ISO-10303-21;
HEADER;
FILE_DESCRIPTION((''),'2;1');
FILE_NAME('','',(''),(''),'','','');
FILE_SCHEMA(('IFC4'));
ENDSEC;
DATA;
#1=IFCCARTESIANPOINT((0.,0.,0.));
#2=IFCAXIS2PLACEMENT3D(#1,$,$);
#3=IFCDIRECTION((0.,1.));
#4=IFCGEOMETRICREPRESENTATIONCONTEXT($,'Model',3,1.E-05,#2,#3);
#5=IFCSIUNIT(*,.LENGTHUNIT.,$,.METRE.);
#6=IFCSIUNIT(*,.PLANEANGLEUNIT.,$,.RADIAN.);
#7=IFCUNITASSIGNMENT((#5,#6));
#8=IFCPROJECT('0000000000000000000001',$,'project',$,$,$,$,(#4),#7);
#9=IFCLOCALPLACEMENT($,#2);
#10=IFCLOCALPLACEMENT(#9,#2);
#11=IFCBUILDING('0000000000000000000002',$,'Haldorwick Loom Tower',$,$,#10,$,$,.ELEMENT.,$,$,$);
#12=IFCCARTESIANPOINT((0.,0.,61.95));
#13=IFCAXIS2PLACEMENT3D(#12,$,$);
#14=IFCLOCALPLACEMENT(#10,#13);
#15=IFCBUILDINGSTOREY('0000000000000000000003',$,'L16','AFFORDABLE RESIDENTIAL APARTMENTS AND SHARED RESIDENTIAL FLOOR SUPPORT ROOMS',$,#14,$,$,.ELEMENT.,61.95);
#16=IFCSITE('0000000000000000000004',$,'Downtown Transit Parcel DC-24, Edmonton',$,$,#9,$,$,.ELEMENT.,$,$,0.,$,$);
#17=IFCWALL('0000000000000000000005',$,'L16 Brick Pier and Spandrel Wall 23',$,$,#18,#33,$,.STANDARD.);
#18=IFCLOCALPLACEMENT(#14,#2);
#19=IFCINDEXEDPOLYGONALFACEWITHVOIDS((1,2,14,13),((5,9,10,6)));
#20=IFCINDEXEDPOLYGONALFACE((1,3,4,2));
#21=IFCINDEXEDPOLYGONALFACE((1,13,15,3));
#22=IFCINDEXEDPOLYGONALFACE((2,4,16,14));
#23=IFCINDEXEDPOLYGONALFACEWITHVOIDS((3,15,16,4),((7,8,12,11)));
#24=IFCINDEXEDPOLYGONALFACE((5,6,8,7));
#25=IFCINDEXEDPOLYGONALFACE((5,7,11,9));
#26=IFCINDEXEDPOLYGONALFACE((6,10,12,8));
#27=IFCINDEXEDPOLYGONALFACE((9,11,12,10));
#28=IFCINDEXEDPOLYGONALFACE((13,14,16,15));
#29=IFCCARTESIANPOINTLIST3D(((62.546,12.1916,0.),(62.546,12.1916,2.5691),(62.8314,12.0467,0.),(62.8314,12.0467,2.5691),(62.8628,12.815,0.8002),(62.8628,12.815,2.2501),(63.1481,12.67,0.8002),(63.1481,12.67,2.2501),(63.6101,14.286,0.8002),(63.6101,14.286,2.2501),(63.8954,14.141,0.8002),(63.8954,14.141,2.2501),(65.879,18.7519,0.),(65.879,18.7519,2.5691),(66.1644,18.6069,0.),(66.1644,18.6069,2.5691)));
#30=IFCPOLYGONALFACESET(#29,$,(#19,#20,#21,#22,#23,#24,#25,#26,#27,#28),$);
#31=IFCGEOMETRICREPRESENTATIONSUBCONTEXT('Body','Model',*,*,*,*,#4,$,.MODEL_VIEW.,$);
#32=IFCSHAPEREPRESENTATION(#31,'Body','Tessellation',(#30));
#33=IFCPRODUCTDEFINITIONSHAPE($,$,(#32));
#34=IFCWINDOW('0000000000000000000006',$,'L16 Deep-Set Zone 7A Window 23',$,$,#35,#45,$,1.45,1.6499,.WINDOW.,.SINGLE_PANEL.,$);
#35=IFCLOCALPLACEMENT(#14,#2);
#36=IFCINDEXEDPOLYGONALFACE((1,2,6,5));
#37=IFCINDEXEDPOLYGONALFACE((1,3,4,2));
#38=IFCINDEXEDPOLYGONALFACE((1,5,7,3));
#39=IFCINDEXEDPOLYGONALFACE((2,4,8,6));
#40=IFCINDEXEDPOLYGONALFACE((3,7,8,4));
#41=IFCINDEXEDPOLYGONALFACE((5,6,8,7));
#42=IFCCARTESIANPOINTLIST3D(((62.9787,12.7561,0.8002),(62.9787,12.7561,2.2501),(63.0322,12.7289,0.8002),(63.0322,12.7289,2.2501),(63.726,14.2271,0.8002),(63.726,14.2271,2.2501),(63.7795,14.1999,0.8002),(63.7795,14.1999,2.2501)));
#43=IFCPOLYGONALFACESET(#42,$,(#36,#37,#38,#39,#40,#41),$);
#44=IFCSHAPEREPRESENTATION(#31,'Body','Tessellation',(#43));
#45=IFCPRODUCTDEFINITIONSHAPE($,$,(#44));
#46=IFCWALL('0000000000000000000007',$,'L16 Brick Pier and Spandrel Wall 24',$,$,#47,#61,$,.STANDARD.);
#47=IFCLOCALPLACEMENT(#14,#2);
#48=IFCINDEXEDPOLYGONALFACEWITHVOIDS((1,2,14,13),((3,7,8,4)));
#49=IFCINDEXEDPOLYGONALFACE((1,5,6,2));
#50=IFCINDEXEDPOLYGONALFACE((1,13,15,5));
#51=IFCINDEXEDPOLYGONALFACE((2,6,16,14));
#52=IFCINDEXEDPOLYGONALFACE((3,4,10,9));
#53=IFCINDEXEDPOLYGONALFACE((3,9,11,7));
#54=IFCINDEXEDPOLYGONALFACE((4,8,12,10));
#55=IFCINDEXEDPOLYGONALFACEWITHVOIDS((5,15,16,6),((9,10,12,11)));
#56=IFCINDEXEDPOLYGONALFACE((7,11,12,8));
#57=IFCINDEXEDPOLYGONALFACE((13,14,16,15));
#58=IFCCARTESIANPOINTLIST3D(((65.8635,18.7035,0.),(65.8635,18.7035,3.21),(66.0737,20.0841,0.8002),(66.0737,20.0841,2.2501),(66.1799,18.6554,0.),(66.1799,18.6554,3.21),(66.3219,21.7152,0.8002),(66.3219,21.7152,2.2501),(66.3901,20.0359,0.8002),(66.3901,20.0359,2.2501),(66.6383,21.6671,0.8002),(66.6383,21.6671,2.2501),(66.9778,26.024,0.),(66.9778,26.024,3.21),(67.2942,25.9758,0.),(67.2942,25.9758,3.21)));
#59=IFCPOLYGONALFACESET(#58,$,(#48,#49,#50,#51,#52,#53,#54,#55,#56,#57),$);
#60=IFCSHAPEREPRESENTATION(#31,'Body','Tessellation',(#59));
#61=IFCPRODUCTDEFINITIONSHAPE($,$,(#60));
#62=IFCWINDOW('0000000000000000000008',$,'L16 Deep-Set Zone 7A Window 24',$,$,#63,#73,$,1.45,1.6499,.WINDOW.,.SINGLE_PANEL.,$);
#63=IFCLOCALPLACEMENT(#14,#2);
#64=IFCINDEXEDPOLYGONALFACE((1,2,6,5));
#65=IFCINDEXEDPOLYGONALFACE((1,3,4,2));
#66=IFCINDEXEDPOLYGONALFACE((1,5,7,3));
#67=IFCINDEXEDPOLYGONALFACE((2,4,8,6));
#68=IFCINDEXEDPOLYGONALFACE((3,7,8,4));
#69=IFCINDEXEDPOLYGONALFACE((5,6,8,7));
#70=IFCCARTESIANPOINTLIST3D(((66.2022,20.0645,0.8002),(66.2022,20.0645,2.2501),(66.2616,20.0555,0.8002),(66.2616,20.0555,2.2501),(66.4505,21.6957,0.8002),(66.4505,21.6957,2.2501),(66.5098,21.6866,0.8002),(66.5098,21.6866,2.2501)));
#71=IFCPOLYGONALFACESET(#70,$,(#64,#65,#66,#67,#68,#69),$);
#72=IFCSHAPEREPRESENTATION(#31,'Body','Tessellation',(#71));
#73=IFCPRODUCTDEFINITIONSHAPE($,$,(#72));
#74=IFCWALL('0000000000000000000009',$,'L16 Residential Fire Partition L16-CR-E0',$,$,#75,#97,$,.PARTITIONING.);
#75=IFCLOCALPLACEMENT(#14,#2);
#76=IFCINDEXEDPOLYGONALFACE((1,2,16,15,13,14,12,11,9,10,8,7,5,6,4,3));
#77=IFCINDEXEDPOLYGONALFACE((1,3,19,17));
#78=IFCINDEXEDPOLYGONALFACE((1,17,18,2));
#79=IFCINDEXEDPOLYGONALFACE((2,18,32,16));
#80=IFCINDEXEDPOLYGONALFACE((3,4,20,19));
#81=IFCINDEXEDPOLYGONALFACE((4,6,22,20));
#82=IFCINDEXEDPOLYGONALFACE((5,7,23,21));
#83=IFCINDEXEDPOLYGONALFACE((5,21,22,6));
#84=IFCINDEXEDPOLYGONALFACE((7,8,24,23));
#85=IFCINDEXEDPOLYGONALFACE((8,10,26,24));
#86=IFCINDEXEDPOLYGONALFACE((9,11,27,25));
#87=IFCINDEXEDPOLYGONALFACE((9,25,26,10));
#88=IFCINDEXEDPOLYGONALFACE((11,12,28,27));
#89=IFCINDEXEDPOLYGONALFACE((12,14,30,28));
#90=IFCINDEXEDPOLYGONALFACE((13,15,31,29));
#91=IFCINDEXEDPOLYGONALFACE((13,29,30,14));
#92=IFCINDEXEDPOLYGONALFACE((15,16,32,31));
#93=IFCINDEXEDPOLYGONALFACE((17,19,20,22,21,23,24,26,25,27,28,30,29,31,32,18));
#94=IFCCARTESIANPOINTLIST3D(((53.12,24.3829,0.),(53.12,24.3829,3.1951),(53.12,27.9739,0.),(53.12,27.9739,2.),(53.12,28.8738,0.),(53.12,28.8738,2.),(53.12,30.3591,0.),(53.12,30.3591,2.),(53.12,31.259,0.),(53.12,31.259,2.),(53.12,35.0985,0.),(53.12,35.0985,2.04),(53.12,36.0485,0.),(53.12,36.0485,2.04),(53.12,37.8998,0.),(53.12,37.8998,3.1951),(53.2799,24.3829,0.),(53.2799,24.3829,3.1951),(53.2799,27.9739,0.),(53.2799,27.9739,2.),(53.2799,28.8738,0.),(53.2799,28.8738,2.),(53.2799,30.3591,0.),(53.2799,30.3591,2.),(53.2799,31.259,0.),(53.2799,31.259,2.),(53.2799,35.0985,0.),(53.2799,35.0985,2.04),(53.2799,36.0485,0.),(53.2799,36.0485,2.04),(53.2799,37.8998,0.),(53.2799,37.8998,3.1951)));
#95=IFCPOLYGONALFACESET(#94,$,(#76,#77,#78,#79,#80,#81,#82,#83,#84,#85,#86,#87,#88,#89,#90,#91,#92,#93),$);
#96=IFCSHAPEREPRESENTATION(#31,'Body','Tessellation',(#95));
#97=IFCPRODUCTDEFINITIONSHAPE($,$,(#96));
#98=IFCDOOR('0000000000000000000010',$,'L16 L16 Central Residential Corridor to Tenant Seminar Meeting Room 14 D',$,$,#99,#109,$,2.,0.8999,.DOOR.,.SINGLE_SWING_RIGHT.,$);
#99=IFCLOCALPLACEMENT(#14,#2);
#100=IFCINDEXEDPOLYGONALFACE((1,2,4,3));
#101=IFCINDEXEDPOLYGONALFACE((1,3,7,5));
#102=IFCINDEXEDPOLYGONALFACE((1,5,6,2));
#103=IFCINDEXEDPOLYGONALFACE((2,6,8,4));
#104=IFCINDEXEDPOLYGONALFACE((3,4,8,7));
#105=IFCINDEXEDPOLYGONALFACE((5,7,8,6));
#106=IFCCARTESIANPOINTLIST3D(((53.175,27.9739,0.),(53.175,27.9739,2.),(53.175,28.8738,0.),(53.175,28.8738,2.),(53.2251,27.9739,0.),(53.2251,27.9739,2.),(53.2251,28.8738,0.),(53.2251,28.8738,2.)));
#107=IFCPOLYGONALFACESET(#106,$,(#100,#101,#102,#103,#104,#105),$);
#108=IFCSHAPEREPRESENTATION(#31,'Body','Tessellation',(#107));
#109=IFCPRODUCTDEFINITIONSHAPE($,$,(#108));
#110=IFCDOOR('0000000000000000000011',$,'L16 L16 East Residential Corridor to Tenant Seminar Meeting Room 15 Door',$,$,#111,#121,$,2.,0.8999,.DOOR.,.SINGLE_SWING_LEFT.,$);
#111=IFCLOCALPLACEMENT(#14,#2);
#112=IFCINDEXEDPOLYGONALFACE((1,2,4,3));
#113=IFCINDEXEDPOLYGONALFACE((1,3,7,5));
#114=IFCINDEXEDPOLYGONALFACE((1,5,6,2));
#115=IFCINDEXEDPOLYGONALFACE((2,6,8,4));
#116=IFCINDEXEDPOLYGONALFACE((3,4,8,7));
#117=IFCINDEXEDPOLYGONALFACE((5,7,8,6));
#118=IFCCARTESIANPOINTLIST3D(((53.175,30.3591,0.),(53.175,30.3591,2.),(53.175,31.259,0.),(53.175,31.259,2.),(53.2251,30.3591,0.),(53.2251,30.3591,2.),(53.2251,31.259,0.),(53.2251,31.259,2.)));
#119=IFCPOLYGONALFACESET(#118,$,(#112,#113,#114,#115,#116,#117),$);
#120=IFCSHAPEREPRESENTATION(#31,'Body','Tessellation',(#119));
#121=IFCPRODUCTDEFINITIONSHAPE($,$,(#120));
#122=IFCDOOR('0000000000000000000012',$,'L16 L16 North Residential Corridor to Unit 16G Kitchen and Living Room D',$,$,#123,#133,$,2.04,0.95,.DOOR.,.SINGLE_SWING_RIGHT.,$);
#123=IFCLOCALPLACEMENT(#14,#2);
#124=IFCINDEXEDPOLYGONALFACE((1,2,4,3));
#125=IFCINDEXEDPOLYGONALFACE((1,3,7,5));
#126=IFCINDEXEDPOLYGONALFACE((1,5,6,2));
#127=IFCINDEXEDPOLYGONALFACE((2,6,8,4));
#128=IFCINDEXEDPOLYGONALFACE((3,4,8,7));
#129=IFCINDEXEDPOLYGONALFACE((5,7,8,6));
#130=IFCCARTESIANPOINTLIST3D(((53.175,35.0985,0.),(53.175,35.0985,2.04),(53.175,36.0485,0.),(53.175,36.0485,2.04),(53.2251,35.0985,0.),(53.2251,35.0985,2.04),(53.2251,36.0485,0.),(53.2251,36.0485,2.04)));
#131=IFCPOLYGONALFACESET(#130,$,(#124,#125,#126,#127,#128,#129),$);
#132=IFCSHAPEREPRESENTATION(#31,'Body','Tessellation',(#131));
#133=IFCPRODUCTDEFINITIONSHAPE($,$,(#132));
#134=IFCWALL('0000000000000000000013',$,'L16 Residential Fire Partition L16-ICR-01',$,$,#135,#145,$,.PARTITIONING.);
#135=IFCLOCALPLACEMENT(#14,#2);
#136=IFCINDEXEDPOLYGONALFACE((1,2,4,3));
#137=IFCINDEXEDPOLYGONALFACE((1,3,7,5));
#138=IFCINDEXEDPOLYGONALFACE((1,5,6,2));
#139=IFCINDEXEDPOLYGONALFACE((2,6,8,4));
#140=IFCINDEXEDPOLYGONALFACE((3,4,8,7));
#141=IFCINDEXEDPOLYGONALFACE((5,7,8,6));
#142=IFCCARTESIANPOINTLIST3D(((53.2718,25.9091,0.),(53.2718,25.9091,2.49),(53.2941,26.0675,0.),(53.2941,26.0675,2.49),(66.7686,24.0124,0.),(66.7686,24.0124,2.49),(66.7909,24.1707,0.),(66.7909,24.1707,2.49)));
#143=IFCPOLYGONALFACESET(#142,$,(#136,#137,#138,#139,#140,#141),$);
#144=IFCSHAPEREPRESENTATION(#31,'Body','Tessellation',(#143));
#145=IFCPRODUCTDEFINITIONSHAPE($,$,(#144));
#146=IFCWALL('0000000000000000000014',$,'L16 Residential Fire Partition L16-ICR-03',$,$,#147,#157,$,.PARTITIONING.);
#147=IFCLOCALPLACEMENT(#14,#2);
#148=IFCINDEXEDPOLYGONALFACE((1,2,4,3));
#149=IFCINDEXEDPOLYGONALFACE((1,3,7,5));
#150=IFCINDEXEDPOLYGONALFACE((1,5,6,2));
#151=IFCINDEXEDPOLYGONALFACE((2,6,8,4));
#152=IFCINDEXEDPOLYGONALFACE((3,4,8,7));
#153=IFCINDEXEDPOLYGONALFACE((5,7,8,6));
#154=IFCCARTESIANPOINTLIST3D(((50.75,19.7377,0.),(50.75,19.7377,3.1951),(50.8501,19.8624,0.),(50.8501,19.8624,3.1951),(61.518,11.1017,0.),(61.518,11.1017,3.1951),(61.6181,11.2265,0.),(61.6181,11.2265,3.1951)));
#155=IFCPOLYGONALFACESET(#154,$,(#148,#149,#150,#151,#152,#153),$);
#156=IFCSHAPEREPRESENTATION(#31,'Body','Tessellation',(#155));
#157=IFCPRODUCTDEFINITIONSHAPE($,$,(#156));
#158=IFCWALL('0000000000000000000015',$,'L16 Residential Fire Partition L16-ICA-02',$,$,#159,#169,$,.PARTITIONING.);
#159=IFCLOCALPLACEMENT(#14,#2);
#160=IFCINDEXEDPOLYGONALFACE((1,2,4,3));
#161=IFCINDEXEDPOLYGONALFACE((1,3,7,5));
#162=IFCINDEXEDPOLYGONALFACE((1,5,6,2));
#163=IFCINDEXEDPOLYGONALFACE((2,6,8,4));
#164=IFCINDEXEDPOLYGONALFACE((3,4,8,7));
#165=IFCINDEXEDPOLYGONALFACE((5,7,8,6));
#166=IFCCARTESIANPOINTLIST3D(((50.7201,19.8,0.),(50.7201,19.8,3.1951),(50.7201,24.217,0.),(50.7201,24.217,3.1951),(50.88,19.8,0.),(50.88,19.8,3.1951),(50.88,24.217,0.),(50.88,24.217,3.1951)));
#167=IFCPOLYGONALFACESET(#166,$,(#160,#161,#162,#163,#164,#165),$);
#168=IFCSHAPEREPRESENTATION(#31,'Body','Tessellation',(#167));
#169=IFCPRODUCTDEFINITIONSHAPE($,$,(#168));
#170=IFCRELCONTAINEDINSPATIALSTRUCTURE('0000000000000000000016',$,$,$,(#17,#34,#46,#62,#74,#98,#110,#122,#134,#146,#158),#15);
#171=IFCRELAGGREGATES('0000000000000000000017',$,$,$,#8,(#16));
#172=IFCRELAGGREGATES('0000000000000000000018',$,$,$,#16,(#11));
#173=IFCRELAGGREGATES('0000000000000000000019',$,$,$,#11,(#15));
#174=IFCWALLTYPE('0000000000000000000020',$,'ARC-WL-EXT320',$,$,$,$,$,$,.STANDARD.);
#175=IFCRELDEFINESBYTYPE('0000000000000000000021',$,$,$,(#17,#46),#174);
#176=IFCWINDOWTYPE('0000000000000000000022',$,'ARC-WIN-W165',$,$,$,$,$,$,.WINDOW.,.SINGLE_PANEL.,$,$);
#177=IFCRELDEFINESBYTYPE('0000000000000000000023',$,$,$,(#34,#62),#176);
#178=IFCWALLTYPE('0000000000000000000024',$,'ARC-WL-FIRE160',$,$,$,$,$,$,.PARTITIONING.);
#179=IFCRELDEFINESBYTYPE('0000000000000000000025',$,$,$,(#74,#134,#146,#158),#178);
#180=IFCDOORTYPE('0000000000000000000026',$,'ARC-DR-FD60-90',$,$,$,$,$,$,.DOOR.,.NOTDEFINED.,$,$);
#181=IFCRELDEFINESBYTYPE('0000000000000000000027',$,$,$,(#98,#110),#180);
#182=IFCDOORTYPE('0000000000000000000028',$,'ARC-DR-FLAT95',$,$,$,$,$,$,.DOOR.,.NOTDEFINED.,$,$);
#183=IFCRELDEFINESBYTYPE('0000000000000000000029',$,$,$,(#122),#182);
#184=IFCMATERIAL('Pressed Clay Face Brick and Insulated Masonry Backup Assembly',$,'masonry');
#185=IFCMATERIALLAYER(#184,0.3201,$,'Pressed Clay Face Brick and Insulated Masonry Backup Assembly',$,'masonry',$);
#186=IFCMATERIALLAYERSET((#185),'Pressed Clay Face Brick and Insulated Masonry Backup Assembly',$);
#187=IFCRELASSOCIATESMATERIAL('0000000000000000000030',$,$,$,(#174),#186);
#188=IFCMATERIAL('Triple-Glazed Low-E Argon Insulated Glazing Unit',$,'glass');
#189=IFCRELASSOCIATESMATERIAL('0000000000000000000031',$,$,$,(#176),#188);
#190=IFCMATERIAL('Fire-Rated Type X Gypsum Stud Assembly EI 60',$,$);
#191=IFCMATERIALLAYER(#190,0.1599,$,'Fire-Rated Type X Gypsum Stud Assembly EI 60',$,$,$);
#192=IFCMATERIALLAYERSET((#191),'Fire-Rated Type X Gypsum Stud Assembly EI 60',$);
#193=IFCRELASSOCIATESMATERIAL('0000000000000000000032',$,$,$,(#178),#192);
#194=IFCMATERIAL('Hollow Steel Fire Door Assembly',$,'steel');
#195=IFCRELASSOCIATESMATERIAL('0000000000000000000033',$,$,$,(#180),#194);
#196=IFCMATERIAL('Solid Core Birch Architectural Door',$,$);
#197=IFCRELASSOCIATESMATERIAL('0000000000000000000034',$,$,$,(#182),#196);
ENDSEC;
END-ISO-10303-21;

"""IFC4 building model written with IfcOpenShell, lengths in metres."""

from ifc_helpers import new_model, si_unit, direction, frame, frame_2d, origin, place, context, subcontext, project, spatial, rectangle, extrude, material, layer, layer_set, type_object, element, fill, save


model = new_model("IFC4")

# Units and contexts
model_context = context("Model", 3, precision=1e-05, world=origin(), true_north=direction((0.0, 1.0)))
body_context = subcontext(model_context, "Body", "Model", "MODEL_VIEW")
ifc_project = project(units=[si_unit("LENGTHUNIT", "METRE"), si_unit("PLANEANGLEUNIT", "RADIAN")], contexts=[model_context])

# Site, building, storey
site_placement = place(None, origin())
site = spatial("IfcSite", under=ifc_project, at=site_placement, Name="Downtown Transit Parcel DC-24, Edmonton", CompositionType="ELEMENT", RefElevation=0.0)
building_placement = place(site_placement, origin())
building = spatial("IfcBuilding", under=site, at=building_placement, Name="Haldorwick Loom Tower", CompositionType="ELEMENT")
storey_placement = place(building_placement, frame((0.0, 0.0, 61.95)))
storey = spatial("IfcBuildingStorey", under=building, at=storey_placement, Name="L16", Description="AFFORDABLE RESIDENTIAL APARTMENTS AND SHARED RESIDENTIAL FLOOR SUPPORT ROOMS", CompositionType="ELEMENT", Elevation=61.95)

# Shared definitions
ifc_material_1 = material(Name="Pressed Clay Face Brick and Insulated Masonry Backup Assembly", Category="masonry")
ifc_layer_1 = layer(ifc_material_1, 0.3201, Name="Pressed Clay Face Brick and Insulated Masonry Backup Assembly", Category="masonry")
ifc_layer_set_1 = layer_set([ifc_layer_1], Name="Pressed Clay Face Brick and Insulated Masonry Backup Assembly")
wall_type_1 = type_object("IfcWallType", Name="ARC-WL-EXT320", PredefinedType="STANDARD", material=ifc_layer_set_1)
ifc_material_2 = material(Name="Triple-Glazed Low-E Argon Insulated Glazing Unit", Category="glass")
window_type = type_object("IfcWindowType", Name="ARC-WIN-W165", PartitioningType="SINGLE_PANEL", PredefinedType="WINDOW", material=ifc_material_2)

# Walls, openings, windows
wall_1_placement = place(storey_placement, frame((62.6887, 12.1191, 0.0), z_axis=(0.0, 0.0, 1.0), x_axis=(0.452951, 0.891535, 0.0)))
wall_1 = element("IfcWall", 1, at=wall_1_placement, inside=storey, type_object=wall_type_1, Name="L16 Brick Pier and Spandrel Wall 23", PredefinedType="STANDARD", context=body_context, shape_type="SweptSolid", body=[
    extrude(rectangle(XDim=7.3584, YDim=0.3201, at=frame_2d((3.6792, 0.0))), origin(), (0.0, 0.0, 1.0), 2.5691),
])
opening_1_placement = place(wall_1_placement, frame((0.6992, 0.0, 0.8)))
opening_1 = element("IfcOpeningElement", 2, at=opening_1_placement, cuts=wall_1, PredefinedType="OPENING", context=body_context, shape_type="SweptSolid", body=[
    extrude(rectangle(XDim=1.6499, YDim=1.45, at=frame_2d((0.825, 0.7251))), frame((0.0, 0.1699, 0.0), z_axis=(0.0, -1.0, 0.0), x_axis=(1.0, 0.0, 0.0)), (0.0, 0.0, 1.0), 0.3401),
])
window_1_placement = place(opening_1_placement, origin())
window_1 = element("IfcWindow", 3, at=window_1_placement, inside=storey, type_object=window_type, Name="L16 Deep-Set Zone 7A Window 23", OverallHeight=1.45, OverallWidth=1.6499, PartitioningType="SINGLE_PANEL", PredefinedType="WINDOW", context=body_context, shape_type="SweptSolid", body=[
    extrude(rectangle(XDim=1.6499, YDim=1.45, at=frame_2d((0.825, 0.7251))), frame((0.0, 0.03, 0.0), z_axis=(0.0, -1.0, 0.0), x_axis=(1.0, 0.0, 0.0)), (0.0, 0.0, 1.0), 0.0601),
])
fill(opening_1, window_1)
wall_2_placement = place(storey_placement, frame((66.0217, 18.6794, 0.0), z_axis=(0.0, 0.0, 1.0), x_axis=(0.150476, 0.988614, 0.0)))
wall_2 = element("IfcWall", 4, at=wall_2_placement, inside=storey, type_object=wall_type_1, Name="L16 Brick Pier and Spandrel Wall 24", PredefinedType="STANDARD", context=body_context, shape_type="SweptSolid", body=[
    extrude(rectangle(XDim=7.4048, YDim=0.3201, at=frame_2d((3.7024, 0.0))), origin(), (0.0, 0.0, 1.0), 3.21),
])
opening_2_placement = place(wall_2_placement, frame((1.3965, 0.0, 0.8)))
opening_2 = element("IfcOpeningElement", 5, at=opening_2_placement, cuts=wall_2, PredefinedType="OPENING", context=body_context, shape_type="SweptSolid", body=[
    extrude(rectangle(XDim=1.6499, YDim=1.45, at=frame_2d((0.825, 0.7251))), frame((0.0, 0.1699, 0.0), z_axis=(0.0, -1.0, 0.0), x_axis=(1.0, 0.0, 0.0)), (0.0, 0.0, 1.0), 0.3401),
])
window_2_placement = place(opening_2_placement, origin())
window_2 = element("IfcWindow", 6, at=window_2_placement, inside=storey, type_object=window_type, Name="L16 Deep-Set Zone 7A Window 24", OverallHeight=1.45, OverallWidth=1.6499, PartitioningType="SINGLE_PANEL", PredefinedType="WINDOW", context=body_context, shape_type="SweptSolid", body=[
    extrude(rectangle(XDim=1.6499, YDim=1.45, at=frame_2d((0.825, 0.7251))), frame((0.0, 0.03, 0.0), z_axis=(0.0, -1.0, 0.0), x_axis=(1.0, 0.0, 0.0)), (0.0, 0.0, 1.0), 0.0601),
])
fill(opening_2, window_2)

# Wall, openings, doors
ifc_material_3 = material(Name="Fire-Rated Type X Gypsum Stud Assembly EI 60")
ifc_layer_2 = layer(ifc_material_3, 0.1599, Name="Fire-Rated Type X Gypsum Stud Assembly EI 60")
ifc_layer_set_2 = layer_set([ifc_layer_2], Name="Fire-Rated Type X Gypsum Stud Assembly EI 60")
wall_type_2 = type_object("IfcWallType", Name="ARC-WL-FIRE160", PredefinedType="PARTITIONING", material=ifc_layer_set_2)
wall_3_placement = place(storey_placement, frame((53.2, 24.3831, 0.0), z_axis=(0.0, 0.0, 1.0), x_axis=(0.0, 1.0, 0.0)))
wall_3 = element("IfcWall", 7, at=wall_3_placement, inside=storey, type_object=wall_type_2, Name="L16 Residential Fire Partition L16-CR-E0", PredefinedType="PARTITIONING", context=body_context, shape_type="SweptSolid", body=[
    extrude(rectangle(XDim=13.5168, YDim=0.1599, at=frame_2d((6.7583, 0.0))), origin(), (0.0, 0.0, 1.0), 3.1951),
])
opening_3_placement = place(wall_3_placement, frame((10.7153, 0.0, 0.0)))
opening_3 = element("IfcOpeningElement", 8, at=opening_3_placement, cuts=wall_3, PredefinedType="OPENING", context=body_context, shape_type="SweptSolid", body=[
    extrude(rectangle(XDim=0.95, YDim=2.04, at=frame_2d((0.4751, 1.02))), frame((0.0, 0.0898, 0.0), z_axis=(0.0, -1.0, 0.0), x_axis=(1.0, 0.0, 0.0)), (0.0, 0.0, 1.0), 0.1799),
])
opening_4_placement = place(wall_3_placement, frame((3.5908, 0.0, 0.0)))
opening_4 = element("IfcOpeningElement", 9, at=opening_4_placement, cuts=wall_3, PredefinedType="OPENING", context=body_context, shape_type="SweptSolid", body=[
    extrude(rectangle(XDim=0.8999, YDim=2.0, at=frame_2d((0.45, 1.0))), frame((0.0, 0.0898, 0.0), z_axis=(0.0, -1.0, 0.0), x_axis=(1.0, 0.0, 0.0)), (0.0, 0.0, 1.0), 0.1799),
])
opening_5_placement = place(wall_3_placement, frame((5.9761, 0.0, 0.0)))
opening_5 = element("IfcOpeningElement", 10, at=opening_5_placement, cuts=wall_3, PredefinedType="OPENING", context=body_context, shape_type="SweptSolid", body=[
    extrude(rectangle(XDim=0.8999, YDim=2.0, at=frame_2d((0.45, 1.0))), frame((0.0, 0.0898, 0.0), z_axis=(0.0, -1.0, 0.0), x_axis=(1.0, 0.0, 0.0)), (0.0, 0.0, 1.0), 0.1799),
])
ifc_material_4 = material(Name="Hollow Steel Fire Door Assembly", Category="steel")
door_type_1 = type_object("IfcDoorType", Name="ARC-DR-FD60-90", OperationType="NOTDEFINED", PredefinedType="DOOR", material=ifc_material_4)
door_1_placement = place(opening_4_placement, origin())
door_1 = element("IfcDoor", 11, at=door_1_placement, inside=storey, type_object=door_type_1, Name="L16 L16 Central Residential Corridor to Tenant Seminar Meeting Room 14 D", OperationType="SINGLE_SWING_RIGHT", OverallHeight=2.0, OverallWidth=0.8999, PredefinedType="DOOR", context=body_context, shape_type="SweptSolid", body=[
    extrude(rectangle(XDim=0.8999, YDim=2.0, at=frame_2d((0.45, 1.0))), frame((0.0, 0.0249, 0.0), z_axis=(0.0, -1.0, 0.0), x_axis=(1.0, 0.0, 0.0)), (0.0, 0.0, 1.0), 0.05),
])
fill(opening_4, door_1)
door_2_placement = place(opening_5_placement, origin())
door_2 = element("IfcDoor", 12, at=door_2_placement, inside=storey, type_object=door_type_1, Name="L16 L16 East Residential Corridor to Tenant Seminar Meeting Room 15 Door", OperationType="SINGLE_SWING_LEFT", OverallHeight=2.0, OverallWidth=0.8999, PredefinedType="DOOR", context=body_context, shape_type="SweptSolid", body=[
    extrude(rectangle(XDim=0.8999, YDim=2.0, at=frame_2d((0.45, 1.0))), frame((0.0, 0.0249, 0.0), z_axis=(0.0, -1.0, 0.0), x_axis=(1.0, 0.0, 0.0)), (0.0, 0.0, 1.0), 0.05),
])
fill(opening_5, door_2)
ifc_material_5 = material(Name="Solid Core Birch Architectural Door")
door_type_2 = type_object("IfcDoorType", Name="ARC-DR-FLAT95", OperationType="NOTDEFINED", PredefinedType="DOOR", material=ifc_material_5)
door_3_placement = place(opening_3_placement, origin())
door_3 = element("IfcDoor", 13, at=door_3_placement, inside=storey, type_object=door_type_2, Name="L16 L16 North Residential Corridor to Unit 16G Kitchen and Living Room D", OperationType="SINGLE_SWING_RIGHT", OverallHeight=2.04, OverallWidth=0.95, PredefinedType="DOOR", context=body_context, shape_type="SweptSolid", body=[
    extrude(rectangle(XDim=0.95, YDim=2.04, at=frame_2d((0.4751, 1.02))), frame((0.0, 0.0249, 0.0), z_axis=(0.0, -1.0, 0.0), x_axis=(1.0, 0.0, 0.0)), (0.0, 0.0, 1.0), 0.05),
])
fill(opening_3, door_3)

# Walls
wall_4_placement = place(storey_placement, frame((53.283, 25.9883, 0.0), z_axis=(0.0, 0.0, 1.0), x_axis=(0.990269, -0.139164, 0.0)))
element("IfcWall", 14, at=wall_4_placement, inside=storey, type_object=wall_type_2, Name="L16 Residential Fire Partition L16-ICR-01", PredefinedType="PARTITIONING", context=body_context, shape_type="SweptSolid", body=[
    extrude(rectangle(XDim=13.6294, YDim=0.1599, at=frame_2d((6.8147, 0.0))), origin(), (0.0, 0.0, 1.0), 2.49),
])
wall_5_placement = place(storey_placement, frame((50.8, 19.8, 0.0), z_axis=(0.0, 0.0, 1.0), x_axis=(0.780107, -0.625646, 0.0)))
element("IfcWall", 15, at=wall_5_placement, inside=storey, type_object=wall_type_2, Name="L16 Residential Fire Partition L16-ICR-03", PredefinedType="PARTITIONING", context=body_context, shape_type="SweptSolid", body=[
    extrude(rectangle(XDim=13.8032, YDim=0.1599, at=frame_2d((6.9016, 0.0))), origin(), (0.0, 0.0, 1.0), 3.1951),
])
wall_6_placement = place(storey_placement, frame((50.8, 24.217, 0.0), z_axis=(0.0, 0.0, 1.0), x_axis=(0.0, -1.0, 0.0)))
element("IfcWall", 16, at=wall_6_placement, inside=storey, type_object=wall_type_2, Name="L16 Residential Fire Partition L16-ICA-02", PredefinedType="PARTITIONING", context=body_context, shape_type="SweptSolid", body=[
    extrude(rectangle(XDim=4.417, YDim=0.1599, at=frame_2d((2.2085, 0.0))), origin(), (0.0, 0.0, 1.0), 3.1951),
])

save(model, "model.ifc")
